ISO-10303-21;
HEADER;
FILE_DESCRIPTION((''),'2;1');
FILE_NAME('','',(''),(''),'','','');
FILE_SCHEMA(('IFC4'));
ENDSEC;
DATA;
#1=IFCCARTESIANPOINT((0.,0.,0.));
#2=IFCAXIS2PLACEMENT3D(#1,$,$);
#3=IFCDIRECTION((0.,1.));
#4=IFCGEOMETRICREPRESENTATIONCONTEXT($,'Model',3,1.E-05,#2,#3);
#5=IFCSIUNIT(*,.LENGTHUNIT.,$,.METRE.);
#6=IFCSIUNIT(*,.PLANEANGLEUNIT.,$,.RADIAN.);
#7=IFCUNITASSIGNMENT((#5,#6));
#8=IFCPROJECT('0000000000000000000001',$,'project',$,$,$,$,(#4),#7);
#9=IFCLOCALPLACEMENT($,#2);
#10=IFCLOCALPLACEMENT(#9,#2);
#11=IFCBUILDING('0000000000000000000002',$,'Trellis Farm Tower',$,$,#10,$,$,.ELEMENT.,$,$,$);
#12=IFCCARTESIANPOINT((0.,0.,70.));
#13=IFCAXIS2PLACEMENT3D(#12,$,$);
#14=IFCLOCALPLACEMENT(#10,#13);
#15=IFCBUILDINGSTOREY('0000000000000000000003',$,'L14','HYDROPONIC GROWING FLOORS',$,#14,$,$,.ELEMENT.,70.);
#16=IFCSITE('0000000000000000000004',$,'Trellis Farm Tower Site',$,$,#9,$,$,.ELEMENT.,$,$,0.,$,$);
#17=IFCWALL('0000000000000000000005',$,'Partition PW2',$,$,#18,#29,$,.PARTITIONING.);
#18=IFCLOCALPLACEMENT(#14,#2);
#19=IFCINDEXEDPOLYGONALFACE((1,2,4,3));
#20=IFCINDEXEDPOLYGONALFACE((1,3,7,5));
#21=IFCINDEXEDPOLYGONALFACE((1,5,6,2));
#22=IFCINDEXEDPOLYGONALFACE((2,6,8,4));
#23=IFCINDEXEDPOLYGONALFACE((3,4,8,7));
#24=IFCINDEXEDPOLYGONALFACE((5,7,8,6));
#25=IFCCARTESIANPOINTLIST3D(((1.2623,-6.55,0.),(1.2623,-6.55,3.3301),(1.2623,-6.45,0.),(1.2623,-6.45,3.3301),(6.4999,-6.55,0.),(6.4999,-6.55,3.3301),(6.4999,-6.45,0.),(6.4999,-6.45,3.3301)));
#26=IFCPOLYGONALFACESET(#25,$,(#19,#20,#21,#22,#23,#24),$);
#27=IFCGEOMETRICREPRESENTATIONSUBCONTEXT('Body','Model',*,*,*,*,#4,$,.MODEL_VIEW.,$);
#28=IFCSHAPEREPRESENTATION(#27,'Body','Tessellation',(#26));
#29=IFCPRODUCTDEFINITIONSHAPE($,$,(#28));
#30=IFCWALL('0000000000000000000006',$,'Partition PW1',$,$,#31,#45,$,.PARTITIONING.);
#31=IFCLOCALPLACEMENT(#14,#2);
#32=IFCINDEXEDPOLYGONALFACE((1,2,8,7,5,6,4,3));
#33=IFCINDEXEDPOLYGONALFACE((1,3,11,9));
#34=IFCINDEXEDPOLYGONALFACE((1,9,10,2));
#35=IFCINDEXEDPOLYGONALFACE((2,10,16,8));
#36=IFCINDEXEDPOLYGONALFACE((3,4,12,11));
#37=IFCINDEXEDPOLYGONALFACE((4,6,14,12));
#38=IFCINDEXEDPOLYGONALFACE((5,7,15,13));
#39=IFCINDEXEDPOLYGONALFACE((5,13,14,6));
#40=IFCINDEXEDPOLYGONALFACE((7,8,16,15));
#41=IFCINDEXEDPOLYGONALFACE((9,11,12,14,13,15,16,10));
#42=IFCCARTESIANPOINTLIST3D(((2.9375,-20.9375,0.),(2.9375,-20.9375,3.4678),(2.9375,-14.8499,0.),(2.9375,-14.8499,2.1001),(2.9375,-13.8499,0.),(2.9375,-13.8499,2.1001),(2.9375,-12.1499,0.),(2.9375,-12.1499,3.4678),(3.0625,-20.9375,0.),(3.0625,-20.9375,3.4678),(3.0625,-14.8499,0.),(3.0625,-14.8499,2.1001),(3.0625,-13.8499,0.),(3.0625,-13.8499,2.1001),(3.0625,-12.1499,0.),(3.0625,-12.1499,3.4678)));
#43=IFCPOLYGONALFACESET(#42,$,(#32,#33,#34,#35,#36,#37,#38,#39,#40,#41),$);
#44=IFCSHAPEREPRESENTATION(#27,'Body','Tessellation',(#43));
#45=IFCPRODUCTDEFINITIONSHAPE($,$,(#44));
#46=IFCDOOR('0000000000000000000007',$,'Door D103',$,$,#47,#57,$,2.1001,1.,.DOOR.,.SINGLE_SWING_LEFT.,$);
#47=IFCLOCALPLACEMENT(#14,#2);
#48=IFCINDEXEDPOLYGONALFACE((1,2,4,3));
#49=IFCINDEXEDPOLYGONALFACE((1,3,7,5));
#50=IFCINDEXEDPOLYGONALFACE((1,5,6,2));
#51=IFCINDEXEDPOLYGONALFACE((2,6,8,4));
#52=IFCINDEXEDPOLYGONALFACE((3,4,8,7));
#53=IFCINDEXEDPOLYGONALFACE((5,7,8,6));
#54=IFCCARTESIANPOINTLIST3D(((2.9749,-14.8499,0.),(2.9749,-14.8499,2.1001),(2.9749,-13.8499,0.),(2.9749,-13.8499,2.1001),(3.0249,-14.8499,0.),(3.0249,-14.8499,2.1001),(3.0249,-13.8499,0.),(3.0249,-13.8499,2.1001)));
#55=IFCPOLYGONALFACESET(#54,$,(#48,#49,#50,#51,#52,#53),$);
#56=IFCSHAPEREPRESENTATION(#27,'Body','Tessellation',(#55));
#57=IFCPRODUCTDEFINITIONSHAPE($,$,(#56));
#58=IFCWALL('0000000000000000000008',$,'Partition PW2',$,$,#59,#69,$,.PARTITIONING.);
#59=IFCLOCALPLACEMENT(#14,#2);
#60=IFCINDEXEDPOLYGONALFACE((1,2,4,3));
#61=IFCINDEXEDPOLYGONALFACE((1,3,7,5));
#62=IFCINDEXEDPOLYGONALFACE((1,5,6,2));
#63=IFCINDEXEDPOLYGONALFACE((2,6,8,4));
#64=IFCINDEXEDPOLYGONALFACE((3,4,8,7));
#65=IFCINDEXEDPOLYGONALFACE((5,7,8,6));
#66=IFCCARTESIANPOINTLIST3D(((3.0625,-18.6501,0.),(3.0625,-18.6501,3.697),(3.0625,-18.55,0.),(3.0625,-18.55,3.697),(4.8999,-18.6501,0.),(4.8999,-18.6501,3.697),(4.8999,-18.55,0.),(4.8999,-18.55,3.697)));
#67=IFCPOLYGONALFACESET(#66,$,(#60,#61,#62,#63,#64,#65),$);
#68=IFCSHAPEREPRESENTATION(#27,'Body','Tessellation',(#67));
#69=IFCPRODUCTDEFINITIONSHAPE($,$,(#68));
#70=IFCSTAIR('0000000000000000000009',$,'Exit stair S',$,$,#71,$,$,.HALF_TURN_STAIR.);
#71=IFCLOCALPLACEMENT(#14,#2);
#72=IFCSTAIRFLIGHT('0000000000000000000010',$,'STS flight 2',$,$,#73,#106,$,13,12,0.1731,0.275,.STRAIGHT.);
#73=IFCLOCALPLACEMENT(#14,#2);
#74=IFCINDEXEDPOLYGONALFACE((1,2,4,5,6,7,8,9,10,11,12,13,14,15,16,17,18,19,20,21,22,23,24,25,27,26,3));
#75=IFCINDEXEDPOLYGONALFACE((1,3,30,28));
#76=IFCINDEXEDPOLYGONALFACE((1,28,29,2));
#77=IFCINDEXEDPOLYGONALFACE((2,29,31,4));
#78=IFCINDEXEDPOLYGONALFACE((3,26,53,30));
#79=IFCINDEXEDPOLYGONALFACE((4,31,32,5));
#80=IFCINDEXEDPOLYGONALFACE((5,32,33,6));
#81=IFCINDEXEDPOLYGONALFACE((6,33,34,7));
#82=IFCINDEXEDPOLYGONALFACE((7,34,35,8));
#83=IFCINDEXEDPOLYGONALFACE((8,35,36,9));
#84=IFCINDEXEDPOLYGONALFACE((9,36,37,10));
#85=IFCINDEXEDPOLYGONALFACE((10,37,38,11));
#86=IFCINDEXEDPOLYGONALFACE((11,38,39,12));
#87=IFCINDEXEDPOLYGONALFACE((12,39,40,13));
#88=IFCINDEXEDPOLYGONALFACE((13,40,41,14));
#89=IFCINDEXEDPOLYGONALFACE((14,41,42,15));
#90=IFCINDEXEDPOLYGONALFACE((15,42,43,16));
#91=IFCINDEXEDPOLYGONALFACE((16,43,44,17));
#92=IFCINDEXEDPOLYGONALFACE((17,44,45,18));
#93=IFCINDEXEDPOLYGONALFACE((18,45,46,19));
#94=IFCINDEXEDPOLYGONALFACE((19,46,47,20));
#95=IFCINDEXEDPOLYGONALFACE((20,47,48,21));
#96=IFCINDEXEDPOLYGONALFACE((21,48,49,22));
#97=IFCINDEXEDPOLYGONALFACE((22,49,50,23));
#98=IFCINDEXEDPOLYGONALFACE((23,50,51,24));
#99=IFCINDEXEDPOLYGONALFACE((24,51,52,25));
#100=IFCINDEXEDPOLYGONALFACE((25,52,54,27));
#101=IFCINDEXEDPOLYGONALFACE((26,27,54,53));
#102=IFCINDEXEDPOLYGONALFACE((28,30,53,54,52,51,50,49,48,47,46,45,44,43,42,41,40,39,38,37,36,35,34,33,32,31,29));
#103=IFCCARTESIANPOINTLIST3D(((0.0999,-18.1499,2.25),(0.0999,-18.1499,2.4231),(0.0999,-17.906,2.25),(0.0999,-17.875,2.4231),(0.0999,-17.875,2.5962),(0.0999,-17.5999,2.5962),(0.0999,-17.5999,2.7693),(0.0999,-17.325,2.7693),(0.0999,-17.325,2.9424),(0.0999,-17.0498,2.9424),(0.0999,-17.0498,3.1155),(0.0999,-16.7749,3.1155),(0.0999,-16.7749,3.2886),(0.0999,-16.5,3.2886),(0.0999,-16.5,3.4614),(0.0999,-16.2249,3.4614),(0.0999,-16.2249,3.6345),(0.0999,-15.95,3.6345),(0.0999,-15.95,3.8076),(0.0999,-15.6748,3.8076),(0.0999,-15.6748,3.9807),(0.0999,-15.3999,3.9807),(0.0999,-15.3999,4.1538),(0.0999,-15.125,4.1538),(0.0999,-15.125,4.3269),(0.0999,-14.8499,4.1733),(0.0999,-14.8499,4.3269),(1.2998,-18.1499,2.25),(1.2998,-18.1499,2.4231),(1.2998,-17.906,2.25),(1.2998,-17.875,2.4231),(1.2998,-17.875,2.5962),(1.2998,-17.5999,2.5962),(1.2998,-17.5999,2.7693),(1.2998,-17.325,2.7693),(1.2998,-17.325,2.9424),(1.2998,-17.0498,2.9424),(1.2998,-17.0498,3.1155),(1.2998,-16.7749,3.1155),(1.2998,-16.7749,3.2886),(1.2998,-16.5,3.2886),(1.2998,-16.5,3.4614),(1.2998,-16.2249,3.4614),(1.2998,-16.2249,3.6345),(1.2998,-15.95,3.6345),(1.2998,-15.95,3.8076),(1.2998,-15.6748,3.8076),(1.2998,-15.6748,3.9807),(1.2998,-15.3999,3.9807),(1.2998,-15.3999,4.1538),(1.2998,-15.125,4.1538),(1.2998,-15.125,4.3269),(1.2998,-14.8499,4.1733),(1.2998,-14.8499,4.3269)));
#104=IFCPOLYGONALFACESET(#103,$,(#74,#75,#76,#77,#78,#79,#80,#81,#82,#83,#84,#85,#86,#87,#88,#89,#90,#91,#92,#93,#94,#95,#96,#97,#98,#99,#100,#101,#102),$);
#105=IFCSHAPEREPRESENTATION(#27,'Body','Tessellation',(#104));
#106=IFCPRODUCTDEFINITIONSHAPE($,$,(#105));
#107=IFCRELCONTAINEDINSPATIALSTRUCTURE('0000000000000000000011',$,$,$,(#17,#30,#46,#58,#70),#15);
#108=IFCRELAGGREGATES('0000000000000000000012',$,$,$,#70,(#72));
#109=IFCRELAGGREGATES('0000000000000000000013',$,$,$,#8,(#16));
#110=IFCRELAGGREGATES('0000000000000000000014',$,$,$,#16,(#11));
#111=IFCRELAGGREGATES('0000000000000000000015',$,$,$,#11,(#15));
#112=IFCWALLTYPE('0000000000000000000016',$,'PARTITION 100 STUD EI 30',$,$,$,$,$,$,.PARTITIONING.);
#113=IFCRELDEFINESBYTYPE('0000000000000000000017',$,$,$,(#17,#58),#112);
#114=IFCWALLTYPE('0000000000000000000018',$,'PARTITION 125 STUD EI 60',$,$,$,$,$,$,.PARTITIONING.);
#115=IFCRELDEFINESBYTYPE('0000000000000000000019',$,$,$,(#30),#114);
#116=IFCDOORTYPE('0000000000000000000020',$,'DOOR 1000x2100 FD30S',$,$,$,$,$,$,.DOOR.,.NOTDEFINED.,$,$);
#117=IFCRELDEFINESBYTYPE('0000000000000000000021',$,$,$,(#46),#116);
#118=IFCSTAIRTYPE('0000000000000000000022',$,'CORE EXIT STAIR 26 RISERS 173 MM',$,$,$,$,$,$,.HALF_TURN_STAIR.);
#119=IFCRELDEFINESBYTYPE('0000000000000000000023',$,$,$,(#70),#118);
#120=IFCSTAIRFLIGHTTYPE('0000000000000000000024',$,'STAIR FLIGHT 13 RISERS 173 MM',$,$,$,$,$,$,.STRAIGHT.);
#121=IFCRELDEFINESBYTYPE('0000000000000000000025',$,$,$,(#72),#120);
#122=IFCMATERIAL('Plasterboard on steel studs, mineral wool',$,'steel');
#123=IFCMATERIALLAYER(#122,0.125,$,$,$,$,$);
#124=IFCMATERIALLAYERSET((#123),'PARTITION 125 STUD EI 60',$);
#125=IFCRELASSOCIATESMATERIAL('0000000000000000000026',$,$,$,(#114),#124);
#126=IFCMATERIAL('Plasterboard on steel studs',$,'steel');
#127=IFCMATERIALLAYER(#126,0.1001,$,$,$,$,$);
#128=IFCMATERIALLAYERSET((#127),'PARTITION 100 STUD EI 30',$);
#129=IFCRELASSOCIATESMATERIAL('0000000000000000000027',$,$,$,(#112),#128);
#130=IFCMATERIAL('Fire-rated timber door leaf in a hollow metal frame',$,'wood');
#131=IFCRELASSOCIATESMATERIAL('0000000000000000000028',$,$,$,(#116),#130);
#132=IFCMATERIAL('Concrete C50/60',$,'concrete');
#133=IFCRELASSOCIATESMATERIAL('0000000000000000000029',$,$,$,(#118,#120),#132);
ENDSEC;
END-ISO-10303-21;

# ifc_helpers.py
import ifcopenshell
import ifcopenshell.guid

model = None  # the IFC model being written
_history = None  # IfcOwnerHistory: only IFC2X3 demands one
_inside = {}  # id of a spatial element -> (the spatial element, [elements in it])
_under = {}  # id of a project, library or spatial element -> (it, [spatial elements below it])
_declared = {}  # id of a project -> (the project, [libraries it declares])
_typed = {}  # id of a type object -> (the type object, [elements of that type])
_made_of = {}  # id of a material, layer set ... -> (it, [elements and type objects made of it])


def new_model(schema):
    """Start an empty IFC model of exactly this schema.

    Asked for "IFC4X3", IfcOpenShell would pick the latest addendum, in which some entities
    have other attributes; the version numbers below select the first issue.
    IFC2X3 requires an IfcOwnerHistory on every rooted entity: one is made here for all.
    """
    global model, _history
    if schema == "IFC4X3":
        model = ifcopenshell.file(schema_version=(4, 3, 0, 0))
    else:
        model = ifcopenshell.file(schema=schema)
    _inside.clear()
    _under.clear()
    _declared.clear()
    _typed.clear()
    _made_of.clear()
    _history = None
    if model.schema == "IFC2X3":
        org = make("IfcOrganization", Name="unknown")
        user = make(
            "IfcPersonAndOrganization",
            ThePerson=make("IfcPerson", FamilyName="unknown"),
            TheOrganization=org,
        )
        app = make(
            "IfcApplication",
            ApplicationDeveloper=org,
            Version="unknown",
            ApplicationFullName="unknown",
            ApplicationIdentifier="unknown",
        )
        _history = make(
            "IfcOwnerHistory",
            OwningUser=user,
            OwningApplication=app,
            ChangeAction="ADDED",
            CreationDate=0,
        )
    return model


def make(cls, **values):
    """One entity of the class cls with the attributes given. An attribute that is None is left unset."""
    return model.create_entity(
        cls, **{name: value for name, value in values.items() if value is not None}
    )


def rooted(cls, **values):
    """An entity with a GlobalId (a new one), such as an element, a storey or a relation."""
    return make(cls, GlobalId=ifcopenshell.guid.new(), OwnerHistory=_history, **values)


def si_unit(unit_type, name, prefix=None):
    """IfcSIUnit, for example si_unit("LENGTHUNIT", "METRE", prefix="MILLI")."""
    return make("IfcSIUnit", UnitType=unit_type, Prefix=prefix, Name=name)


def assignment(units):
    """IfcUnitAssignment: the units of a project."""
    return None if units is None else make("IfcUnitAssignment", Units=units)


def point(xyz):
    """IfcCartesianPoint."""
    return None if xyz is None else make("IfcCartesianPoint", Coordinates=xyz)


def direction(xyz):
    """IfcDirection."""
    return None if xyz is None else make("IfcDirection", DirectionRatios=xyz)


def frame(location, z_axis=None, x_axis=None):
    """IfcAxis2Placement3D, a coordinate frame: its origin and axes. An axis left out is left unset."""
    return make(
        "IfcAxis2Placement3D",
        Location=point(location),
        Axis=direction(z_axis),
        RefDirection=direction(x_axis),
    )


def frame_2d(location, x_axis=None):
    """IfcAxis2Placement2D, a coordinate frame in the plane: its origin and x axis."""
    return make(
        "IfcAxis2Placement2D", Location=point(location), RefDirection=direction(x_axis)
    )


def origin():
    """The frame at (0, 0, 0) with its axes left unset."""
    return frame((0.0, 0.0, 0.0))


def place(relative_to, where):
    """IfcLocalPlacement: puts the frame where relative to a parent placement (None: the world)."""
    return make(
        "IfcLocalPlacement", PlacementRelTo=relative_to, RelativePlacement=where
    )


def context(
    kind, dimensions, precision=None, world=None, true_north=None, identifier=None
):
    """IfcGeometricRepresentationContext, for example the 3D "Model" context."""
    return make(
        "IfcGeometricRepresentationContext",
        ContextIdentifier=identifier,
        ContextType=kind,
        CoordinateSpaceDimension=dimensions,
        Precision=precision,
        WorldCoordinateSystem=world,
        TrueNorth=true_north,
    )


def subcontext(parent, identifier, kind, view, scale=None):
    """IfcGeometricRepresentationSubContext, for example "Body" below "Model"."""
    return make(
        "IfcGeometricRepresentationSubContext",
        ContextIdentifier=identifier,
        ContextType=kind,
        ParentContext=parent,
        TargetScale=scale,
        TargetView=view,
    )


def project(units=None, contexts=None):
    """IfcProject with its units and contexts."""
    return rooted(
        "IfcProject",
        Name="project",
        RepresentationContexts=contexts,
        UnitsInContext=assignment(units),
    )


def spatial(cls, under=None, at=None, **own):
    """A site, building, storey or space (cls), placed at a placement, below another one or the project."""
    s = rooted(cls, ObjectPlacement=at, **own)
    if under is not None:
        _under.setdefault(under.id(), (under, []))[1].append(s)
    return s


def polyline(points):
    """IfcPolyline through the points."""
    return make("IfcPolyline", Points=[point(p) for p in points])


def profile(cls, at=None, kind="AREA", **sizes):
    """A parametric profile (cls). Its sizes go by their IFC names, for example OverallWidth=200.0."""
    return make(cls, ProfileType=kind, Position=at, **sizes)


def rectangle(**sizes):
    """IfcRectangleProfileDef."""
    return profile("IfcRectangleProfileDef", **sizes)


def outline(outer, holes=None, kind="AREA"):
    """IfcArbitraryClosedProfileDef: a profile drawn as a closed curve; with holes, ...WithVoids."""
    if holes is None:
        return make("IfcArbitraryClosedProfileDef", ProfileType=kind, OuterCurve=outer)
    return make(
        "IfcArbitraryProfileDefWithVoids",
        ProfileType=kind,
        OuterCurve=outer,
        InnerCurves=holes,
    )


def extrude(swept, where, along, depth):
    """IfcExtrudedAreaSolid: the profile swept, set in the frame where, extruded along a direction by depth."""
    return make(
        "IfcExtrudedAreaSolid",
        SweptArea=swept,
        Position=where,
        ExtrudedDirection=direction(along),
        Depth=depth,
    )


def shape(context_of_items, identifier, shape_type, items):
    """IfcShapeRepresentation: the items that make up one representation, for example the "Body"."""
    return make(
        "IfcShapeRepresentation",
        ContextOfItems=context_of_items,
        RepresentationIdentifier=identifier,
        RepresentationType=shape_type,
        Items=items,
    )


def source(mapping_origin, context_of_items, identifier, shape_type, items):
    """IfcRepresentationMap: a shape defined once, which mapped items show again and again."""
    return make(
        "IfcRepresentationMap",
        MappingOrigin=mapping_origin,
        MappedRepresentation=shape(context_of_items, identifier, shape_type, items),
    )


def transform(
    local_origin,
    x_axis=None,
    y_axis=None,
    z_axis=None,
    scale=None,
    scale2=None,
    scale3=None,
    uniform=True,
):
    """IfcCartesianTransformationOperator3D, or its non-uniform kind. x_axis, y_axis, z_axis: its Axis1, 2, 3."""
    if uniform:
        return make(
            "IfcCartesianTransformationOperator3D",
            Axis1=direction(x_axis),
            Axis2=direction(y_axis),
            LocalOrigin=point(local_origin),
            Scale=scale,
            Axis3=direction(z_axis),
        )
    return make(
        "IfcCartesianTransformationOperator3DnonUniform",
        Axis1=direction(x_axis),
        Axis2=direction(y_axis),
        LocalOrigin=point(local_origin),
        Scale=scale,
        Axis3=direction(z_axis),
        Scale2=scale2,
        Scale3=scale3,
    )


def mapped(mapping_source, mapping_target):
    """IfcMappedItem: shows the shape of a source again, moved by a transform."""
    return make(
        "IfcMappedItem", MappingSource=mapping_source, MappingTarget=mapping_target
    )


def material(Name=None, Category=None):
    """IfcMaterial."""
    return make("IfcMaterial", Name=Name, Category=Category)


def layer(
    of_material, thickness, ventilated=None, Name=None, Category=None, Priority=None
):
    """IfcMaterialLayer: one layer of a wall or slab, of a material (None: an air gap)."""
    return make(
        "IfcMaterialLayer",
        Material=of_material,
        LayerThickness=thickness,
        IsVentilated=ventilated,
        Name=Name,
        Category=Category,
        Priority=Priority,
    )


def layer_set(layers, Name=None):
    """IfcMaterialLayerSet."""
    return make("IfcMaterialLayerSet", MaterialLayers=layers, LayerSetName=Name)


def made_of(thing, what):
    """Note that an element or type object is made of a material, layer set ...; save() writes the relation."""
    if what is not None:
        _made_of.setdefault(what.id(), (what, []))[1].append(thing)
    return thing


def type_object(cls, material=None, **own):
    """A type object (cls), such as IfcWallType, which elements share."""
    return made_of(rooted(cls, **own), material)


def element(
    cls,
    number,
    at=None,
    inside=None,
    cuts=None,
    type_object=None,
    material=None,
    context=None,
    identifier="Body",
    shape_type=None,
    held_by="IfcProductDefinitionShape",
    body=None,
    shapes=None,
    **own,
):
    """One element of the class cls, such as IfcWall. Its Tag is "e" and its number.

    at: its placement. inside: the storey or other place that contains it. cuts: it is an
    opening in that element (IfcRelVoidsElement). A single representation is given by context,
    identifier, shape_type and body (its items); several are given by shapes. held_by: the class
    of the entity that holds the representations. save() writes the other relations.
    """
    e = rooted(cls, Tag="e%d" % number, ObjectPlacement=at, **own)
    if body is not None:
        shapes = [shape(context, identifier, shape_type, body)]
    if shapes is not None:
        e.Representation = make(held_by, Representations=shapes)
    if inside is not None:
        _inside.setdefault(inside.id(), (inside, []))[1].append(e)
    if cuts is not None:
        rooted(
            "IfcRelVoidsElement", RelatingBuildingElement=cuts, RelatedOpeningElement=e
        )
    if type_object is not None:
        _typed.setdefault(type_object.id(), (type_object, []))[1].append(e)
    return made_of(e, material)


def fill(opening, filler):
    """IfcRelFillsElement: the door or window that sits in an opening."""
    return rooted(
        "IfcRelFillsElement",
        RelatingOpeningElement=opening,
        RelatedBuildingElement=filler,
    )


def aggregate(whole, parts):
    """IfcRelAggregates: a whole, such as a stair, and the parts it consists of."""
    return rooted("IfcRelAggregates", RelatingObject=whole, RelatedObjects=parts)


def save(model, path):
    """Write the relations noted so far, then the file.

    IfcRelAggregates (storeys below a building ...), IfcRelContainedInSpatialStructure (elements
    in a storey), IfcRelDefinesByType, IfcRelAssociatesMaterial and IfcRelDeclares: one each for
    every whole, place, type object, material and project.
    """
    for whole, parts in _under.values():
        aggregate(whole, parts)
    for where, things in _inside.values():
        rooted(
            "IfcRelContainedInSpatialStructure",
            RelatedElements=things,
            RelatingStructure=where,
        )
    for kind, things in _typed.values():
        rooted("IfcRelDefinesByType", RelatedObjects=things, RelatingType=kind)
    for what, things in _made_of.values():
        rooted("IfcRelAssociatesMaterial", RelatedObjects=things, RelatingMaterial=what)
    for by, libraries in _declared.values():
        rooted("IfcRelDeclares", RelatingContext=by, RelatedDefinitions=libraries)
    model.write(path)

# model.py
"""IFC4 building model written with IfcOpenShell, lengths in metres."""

from ifc_helpers import new_model, si_unit, direction, frame, frame_2d, origin, place, context, subcontext, project, spatial, polyline, rectangle, outline, extrude, source, transform, mapped, material, layer, layer_set, type_object, element, fill, aggregate, save


model = new_model("IFC4")

# Units and contexts
model_context = context("Model", 3, precision=1e-05, world=origin(), true_north=direction((0.0, 1.0)))
body_context = subcontext(model_context, "Body", "Model", "MODEL_VIEW")
ifc_project = project(units=[si_unit("LENGTHUNIT", "METRE"), si_unit("PLANEANGLEUNIT", "RADIAN")], contexts=[model_context])

# Site, building, storey
site_placement = place(None, origin())
site = spatial("IfcSite", under=ifc_project, at=site_placement, Name="Trellis Farm Tower Site", CompositionType="ELEMENT", RefElevation=0.0)
building_placement = place(site_placement, origin())
building = spatial("IfcBuilding", under=site, at=building_placement, Name="Trellis Farm Tower", CompositionType="ELEMENT")
storey_placement = place(building_placement, frame((0.0, 0.0, 70.0)))
storey = spatial("IfcBuildingStorey", under=building, at=storey_placement, Name="L14", Description="HYDROPONIC GROWING FLOORS", CompositionType="ELEMENT", Elevation=70.0)

# Shared definitions
placement = place(storey_placement, origin())

# Shared definitions
ifc_material_1 = material(Name="Plasterboard on steel studs, mineral wool", Category="steel")
ifc_layer_1 = layer(ifc_material_1, 0.125)
ifc_layer_set_1 = layer_set([ifc_layer_1], Name="PARTITION 125 STUD EI 60")
wall_type_1 = type_object("IfcWallType", Name="PARTITION 125 STUD EI 60", PredefinedType="PARTITIONING", material=ifc_layer_set_1)

# Shared definitions
ifc_material_2 = material(Name="Fire-rated timber door leaf in a hollow metal frame", Category="wood")

# Shared definitions
ifc_material_3 = material(Name="Plasterboard on steel studs", Category="steel")
ifc_layer_2 = layer(ifc_material_3, 0.1001)
ifc_layer_set_2 = layer_set([ifc_layer_2], Name="PARTITION 100 STUD EI 30")
wall_type_2 = type_object("IfcWallType", Name="PARTITION 100 STUD EI 30", PredefinedType="PARTITIONING", material=ifc_layer_set_2)

# Shared definitions
shared_shape_1 = source(origin(), body_context, "Body", "SweptSolid", [
    extrude(rectangle(XDim=1.0, YDim=2.1001, at=frame_2d((0.5, 1.05))), frame((0.0, 0.0725, 0.0), z_axis=(0.0, -1.0, 0.0), x_axis=(1.0, 0.0, 0.0)), (0.0, 0.0, 1.0), 0.145),
])
door_type_1 = type_object("IfcDoorType", Name="DOOR 1000x2100 FD30S", OperationType="NOTDEFINED", PredefinedType="DOOR", material=ifc_material_2)
shared_shape_2 = source(origin(), body_context, "Body", "SweptSolid", [
    extrude(rectangle(XDim=1.0, YDim=2.1001, at=frame_2d((0.5, 1.05))), frame((0.0, 0.0249, 0.0), z_axis=(0.0, -1.0, 0.0), x_axis=(1.0, 0.0, 0.0)), (0.0, 0.0, 1.0), 0.05),
])

# Wall
shared_shape_3 = source(origin(), body_context, "Body", "SweptSolid", [
    extrude(rectangle(XDim=5.2375, YDim=0.1001, at=frame_2d((2.6187, 0.0))), origin(), (0.0, 0.0, 1.0), 3.3301),
])
wall_1_placement = place(storey_placement, frame((1.2625, -6.5, 0.0), z_axis=(0.0, 0.0, 1.0), x_axis=(1.0, 0.0, 0.0)))
element("IfcWall", 1, at=wall_1_placement, inside=storey, type_object=wall_type_2, Name="Partition PW2", PredefinedType="PARTITIONING", context=body_context, shape_type="MappedRepresentation", body=[
    mapped(shared_shape_3, transform((0.0, 0.0, 0.0))),
])

# Wall, opening, door
shared_shape_4 = source(origin(), body_context, "Body", "SweptSolid", [
    extrude(rectangle(XDim=8.7876, YDim=0.125, at=frame_2d((4.3938, 0.0))), origin(), (0.0, 0.0, 1.0), 3.4678),
])
wall_2_placement = place(storey_placement, frame((3.0, -12.1499, 0.0), z_axis=(0.0, 0.0, 1.0), x_axis=(0.0, -1.0, 0.0)))
wall_2 = element("IfcWall", 2, at=wall_2_placement, inside=storey, type_object=wall_type_1, Name="Partition PW1", PredefinedType="PARTITIONING", context=body_context, shape_type="MappedRepresentation", body=[
    mapped(shared_shape_4, transform((0.0, 0.0, 0.0))),
])
opening_1_placement = place(wall_2_placement, frame((1.7, 0.0, 0.0)))
opening_1 = element("IfcOpeningElement", 3, at=opening_1_placement, cuts=wall_2, PredefinedType="OPENING", context=body_context, shape_type="MappedRepresentation", body=[
    mapped(shared_shape_1, transform((0.0, 0.0, 0.0))),
])
door_1_placement = place(opening_1_placement, origin())
door_1 = element("IfcDoor", 4, at=door_1_placement, inside=storey, type_object=door_type_1, Name="Door D103", OperationType="SINGLE_SWING_LEFT", OverallHeight=2.1001, OverallWidth=1.0, PredefinedType="DOOR", context=body_context, shape_type="MappedRepresentation", body=[
    mapped(shared_shape_2, transform((0.0, 0.0, 0.0))),
])
fill(opening_1, door_1)

# Wall
shared_shape_5 = source(origin(), body_context, "Body", "SweptSolid", [
    extrude(rectangle(XDim=1.8374, YDim=0.1001, at=frame_2d((0.9187, 0.0))), origin(), (0.0, 0.0, 1.0), 3.697),
])
wall_3_placement = place(storey_placement, frame((3.0625, -18.6001, 0.0), z_axis=(0.0, 0.0, 1.0), x_axis=(1.0, 0.0, 0.0)))
element("IfcWall", 5, at=wall_3_placement, inside=storey, type_object=wall_type_2, Name="Partition PW2", PredefinedType="PARTITIONING", context=body_context, shape_type="MappedRepresentation", body=[
    mapped(shared_shape_5, transform((0.0, 0.0, 0.0))),
])

# Stair, stair flight
ifc_material_4 = material(Name="Concrete C50/60", Category="concrete")
stair_type = type_object("IfcStairType", Name="CORE EXIT STAIR 26 RISERS 173 MM", PredefinedType="HALF_TURN_STAIR", material=ifc_material_4)
stair = element("IfcStair", 6, at=placement, inside=storey, type_object=stair_type, Name="Exit stair S", PredefinedType="HALF_TURN_STAIR")
stair_flight_type = type_object("IfcStairFlightType", Name="STAIR FLIGHT 13 RISERS 173 MM", PredefinedType="STRAIGHT", material=ifc_material_4)
shared_shape_6 = source(origin(), body_context, "Body", "SweptSolid", [
    extrude(outline(polyline([(0.0, 0.0), (0.0, 0.1731), (0.2749, 0.1731), (0.2749, 0.3462), (0.55, 0.3462), (0.55, 0.5193), (0.825, 0.5193), (0.825, 0.6924), (1.1001, 0.6924), (1.1001, 0.8655), (1.375, 0.8655), (1.375, 1.0386), (1.6499, 1.0386), (1.6499, 1.2114), (1.925, 1.2114), (1.925, 1.3845), (2.2, 1.3845), (2.2, 1.5576), (2.4751, 1.5576), (2.4751, 1.7307), (2.75, 1.7307), (2.75, 1.9038), (3.0249, 1.9038), (3.0249, 2.0769), (3.3, 2.0769), (3.3, 2.25), (3.3, 1.9233), (0.2439, 0.0), (0.0, 0.0)])), frame((0.0, 0.6001, 0.0), z_axis=(0.0, -1.0, 0.0), x_axis=(1.0, 0.0, 0.0)), (0.0, 0.0, 1.0), 1.2),
])
stair_flight_placement = place(storey_placement, frame((0.7, -18.1499, 2.25), z_axis=(0.0, 0.0, 1.0), x_axis=(0.0, 1.0, 0.0)))
stair_flight = element("IfcStairFlight", 7, at=stair_flight_placement, type_object=stair_flight_type, Name="STS flight 2", NumberOfRisers=13, NumberOfTreads=12, PredefinedType="STRAIGHT", RiserHeight=0.1731, TreadLength=0.275, context=body_context, shape_type="MappedRepresentation", body=[
    mapped(shared_shape_6, transform((0.0, 0.0, 0.0))),
])
aggregate(stair, [stair_flight])

save(model, "model.ifc")
